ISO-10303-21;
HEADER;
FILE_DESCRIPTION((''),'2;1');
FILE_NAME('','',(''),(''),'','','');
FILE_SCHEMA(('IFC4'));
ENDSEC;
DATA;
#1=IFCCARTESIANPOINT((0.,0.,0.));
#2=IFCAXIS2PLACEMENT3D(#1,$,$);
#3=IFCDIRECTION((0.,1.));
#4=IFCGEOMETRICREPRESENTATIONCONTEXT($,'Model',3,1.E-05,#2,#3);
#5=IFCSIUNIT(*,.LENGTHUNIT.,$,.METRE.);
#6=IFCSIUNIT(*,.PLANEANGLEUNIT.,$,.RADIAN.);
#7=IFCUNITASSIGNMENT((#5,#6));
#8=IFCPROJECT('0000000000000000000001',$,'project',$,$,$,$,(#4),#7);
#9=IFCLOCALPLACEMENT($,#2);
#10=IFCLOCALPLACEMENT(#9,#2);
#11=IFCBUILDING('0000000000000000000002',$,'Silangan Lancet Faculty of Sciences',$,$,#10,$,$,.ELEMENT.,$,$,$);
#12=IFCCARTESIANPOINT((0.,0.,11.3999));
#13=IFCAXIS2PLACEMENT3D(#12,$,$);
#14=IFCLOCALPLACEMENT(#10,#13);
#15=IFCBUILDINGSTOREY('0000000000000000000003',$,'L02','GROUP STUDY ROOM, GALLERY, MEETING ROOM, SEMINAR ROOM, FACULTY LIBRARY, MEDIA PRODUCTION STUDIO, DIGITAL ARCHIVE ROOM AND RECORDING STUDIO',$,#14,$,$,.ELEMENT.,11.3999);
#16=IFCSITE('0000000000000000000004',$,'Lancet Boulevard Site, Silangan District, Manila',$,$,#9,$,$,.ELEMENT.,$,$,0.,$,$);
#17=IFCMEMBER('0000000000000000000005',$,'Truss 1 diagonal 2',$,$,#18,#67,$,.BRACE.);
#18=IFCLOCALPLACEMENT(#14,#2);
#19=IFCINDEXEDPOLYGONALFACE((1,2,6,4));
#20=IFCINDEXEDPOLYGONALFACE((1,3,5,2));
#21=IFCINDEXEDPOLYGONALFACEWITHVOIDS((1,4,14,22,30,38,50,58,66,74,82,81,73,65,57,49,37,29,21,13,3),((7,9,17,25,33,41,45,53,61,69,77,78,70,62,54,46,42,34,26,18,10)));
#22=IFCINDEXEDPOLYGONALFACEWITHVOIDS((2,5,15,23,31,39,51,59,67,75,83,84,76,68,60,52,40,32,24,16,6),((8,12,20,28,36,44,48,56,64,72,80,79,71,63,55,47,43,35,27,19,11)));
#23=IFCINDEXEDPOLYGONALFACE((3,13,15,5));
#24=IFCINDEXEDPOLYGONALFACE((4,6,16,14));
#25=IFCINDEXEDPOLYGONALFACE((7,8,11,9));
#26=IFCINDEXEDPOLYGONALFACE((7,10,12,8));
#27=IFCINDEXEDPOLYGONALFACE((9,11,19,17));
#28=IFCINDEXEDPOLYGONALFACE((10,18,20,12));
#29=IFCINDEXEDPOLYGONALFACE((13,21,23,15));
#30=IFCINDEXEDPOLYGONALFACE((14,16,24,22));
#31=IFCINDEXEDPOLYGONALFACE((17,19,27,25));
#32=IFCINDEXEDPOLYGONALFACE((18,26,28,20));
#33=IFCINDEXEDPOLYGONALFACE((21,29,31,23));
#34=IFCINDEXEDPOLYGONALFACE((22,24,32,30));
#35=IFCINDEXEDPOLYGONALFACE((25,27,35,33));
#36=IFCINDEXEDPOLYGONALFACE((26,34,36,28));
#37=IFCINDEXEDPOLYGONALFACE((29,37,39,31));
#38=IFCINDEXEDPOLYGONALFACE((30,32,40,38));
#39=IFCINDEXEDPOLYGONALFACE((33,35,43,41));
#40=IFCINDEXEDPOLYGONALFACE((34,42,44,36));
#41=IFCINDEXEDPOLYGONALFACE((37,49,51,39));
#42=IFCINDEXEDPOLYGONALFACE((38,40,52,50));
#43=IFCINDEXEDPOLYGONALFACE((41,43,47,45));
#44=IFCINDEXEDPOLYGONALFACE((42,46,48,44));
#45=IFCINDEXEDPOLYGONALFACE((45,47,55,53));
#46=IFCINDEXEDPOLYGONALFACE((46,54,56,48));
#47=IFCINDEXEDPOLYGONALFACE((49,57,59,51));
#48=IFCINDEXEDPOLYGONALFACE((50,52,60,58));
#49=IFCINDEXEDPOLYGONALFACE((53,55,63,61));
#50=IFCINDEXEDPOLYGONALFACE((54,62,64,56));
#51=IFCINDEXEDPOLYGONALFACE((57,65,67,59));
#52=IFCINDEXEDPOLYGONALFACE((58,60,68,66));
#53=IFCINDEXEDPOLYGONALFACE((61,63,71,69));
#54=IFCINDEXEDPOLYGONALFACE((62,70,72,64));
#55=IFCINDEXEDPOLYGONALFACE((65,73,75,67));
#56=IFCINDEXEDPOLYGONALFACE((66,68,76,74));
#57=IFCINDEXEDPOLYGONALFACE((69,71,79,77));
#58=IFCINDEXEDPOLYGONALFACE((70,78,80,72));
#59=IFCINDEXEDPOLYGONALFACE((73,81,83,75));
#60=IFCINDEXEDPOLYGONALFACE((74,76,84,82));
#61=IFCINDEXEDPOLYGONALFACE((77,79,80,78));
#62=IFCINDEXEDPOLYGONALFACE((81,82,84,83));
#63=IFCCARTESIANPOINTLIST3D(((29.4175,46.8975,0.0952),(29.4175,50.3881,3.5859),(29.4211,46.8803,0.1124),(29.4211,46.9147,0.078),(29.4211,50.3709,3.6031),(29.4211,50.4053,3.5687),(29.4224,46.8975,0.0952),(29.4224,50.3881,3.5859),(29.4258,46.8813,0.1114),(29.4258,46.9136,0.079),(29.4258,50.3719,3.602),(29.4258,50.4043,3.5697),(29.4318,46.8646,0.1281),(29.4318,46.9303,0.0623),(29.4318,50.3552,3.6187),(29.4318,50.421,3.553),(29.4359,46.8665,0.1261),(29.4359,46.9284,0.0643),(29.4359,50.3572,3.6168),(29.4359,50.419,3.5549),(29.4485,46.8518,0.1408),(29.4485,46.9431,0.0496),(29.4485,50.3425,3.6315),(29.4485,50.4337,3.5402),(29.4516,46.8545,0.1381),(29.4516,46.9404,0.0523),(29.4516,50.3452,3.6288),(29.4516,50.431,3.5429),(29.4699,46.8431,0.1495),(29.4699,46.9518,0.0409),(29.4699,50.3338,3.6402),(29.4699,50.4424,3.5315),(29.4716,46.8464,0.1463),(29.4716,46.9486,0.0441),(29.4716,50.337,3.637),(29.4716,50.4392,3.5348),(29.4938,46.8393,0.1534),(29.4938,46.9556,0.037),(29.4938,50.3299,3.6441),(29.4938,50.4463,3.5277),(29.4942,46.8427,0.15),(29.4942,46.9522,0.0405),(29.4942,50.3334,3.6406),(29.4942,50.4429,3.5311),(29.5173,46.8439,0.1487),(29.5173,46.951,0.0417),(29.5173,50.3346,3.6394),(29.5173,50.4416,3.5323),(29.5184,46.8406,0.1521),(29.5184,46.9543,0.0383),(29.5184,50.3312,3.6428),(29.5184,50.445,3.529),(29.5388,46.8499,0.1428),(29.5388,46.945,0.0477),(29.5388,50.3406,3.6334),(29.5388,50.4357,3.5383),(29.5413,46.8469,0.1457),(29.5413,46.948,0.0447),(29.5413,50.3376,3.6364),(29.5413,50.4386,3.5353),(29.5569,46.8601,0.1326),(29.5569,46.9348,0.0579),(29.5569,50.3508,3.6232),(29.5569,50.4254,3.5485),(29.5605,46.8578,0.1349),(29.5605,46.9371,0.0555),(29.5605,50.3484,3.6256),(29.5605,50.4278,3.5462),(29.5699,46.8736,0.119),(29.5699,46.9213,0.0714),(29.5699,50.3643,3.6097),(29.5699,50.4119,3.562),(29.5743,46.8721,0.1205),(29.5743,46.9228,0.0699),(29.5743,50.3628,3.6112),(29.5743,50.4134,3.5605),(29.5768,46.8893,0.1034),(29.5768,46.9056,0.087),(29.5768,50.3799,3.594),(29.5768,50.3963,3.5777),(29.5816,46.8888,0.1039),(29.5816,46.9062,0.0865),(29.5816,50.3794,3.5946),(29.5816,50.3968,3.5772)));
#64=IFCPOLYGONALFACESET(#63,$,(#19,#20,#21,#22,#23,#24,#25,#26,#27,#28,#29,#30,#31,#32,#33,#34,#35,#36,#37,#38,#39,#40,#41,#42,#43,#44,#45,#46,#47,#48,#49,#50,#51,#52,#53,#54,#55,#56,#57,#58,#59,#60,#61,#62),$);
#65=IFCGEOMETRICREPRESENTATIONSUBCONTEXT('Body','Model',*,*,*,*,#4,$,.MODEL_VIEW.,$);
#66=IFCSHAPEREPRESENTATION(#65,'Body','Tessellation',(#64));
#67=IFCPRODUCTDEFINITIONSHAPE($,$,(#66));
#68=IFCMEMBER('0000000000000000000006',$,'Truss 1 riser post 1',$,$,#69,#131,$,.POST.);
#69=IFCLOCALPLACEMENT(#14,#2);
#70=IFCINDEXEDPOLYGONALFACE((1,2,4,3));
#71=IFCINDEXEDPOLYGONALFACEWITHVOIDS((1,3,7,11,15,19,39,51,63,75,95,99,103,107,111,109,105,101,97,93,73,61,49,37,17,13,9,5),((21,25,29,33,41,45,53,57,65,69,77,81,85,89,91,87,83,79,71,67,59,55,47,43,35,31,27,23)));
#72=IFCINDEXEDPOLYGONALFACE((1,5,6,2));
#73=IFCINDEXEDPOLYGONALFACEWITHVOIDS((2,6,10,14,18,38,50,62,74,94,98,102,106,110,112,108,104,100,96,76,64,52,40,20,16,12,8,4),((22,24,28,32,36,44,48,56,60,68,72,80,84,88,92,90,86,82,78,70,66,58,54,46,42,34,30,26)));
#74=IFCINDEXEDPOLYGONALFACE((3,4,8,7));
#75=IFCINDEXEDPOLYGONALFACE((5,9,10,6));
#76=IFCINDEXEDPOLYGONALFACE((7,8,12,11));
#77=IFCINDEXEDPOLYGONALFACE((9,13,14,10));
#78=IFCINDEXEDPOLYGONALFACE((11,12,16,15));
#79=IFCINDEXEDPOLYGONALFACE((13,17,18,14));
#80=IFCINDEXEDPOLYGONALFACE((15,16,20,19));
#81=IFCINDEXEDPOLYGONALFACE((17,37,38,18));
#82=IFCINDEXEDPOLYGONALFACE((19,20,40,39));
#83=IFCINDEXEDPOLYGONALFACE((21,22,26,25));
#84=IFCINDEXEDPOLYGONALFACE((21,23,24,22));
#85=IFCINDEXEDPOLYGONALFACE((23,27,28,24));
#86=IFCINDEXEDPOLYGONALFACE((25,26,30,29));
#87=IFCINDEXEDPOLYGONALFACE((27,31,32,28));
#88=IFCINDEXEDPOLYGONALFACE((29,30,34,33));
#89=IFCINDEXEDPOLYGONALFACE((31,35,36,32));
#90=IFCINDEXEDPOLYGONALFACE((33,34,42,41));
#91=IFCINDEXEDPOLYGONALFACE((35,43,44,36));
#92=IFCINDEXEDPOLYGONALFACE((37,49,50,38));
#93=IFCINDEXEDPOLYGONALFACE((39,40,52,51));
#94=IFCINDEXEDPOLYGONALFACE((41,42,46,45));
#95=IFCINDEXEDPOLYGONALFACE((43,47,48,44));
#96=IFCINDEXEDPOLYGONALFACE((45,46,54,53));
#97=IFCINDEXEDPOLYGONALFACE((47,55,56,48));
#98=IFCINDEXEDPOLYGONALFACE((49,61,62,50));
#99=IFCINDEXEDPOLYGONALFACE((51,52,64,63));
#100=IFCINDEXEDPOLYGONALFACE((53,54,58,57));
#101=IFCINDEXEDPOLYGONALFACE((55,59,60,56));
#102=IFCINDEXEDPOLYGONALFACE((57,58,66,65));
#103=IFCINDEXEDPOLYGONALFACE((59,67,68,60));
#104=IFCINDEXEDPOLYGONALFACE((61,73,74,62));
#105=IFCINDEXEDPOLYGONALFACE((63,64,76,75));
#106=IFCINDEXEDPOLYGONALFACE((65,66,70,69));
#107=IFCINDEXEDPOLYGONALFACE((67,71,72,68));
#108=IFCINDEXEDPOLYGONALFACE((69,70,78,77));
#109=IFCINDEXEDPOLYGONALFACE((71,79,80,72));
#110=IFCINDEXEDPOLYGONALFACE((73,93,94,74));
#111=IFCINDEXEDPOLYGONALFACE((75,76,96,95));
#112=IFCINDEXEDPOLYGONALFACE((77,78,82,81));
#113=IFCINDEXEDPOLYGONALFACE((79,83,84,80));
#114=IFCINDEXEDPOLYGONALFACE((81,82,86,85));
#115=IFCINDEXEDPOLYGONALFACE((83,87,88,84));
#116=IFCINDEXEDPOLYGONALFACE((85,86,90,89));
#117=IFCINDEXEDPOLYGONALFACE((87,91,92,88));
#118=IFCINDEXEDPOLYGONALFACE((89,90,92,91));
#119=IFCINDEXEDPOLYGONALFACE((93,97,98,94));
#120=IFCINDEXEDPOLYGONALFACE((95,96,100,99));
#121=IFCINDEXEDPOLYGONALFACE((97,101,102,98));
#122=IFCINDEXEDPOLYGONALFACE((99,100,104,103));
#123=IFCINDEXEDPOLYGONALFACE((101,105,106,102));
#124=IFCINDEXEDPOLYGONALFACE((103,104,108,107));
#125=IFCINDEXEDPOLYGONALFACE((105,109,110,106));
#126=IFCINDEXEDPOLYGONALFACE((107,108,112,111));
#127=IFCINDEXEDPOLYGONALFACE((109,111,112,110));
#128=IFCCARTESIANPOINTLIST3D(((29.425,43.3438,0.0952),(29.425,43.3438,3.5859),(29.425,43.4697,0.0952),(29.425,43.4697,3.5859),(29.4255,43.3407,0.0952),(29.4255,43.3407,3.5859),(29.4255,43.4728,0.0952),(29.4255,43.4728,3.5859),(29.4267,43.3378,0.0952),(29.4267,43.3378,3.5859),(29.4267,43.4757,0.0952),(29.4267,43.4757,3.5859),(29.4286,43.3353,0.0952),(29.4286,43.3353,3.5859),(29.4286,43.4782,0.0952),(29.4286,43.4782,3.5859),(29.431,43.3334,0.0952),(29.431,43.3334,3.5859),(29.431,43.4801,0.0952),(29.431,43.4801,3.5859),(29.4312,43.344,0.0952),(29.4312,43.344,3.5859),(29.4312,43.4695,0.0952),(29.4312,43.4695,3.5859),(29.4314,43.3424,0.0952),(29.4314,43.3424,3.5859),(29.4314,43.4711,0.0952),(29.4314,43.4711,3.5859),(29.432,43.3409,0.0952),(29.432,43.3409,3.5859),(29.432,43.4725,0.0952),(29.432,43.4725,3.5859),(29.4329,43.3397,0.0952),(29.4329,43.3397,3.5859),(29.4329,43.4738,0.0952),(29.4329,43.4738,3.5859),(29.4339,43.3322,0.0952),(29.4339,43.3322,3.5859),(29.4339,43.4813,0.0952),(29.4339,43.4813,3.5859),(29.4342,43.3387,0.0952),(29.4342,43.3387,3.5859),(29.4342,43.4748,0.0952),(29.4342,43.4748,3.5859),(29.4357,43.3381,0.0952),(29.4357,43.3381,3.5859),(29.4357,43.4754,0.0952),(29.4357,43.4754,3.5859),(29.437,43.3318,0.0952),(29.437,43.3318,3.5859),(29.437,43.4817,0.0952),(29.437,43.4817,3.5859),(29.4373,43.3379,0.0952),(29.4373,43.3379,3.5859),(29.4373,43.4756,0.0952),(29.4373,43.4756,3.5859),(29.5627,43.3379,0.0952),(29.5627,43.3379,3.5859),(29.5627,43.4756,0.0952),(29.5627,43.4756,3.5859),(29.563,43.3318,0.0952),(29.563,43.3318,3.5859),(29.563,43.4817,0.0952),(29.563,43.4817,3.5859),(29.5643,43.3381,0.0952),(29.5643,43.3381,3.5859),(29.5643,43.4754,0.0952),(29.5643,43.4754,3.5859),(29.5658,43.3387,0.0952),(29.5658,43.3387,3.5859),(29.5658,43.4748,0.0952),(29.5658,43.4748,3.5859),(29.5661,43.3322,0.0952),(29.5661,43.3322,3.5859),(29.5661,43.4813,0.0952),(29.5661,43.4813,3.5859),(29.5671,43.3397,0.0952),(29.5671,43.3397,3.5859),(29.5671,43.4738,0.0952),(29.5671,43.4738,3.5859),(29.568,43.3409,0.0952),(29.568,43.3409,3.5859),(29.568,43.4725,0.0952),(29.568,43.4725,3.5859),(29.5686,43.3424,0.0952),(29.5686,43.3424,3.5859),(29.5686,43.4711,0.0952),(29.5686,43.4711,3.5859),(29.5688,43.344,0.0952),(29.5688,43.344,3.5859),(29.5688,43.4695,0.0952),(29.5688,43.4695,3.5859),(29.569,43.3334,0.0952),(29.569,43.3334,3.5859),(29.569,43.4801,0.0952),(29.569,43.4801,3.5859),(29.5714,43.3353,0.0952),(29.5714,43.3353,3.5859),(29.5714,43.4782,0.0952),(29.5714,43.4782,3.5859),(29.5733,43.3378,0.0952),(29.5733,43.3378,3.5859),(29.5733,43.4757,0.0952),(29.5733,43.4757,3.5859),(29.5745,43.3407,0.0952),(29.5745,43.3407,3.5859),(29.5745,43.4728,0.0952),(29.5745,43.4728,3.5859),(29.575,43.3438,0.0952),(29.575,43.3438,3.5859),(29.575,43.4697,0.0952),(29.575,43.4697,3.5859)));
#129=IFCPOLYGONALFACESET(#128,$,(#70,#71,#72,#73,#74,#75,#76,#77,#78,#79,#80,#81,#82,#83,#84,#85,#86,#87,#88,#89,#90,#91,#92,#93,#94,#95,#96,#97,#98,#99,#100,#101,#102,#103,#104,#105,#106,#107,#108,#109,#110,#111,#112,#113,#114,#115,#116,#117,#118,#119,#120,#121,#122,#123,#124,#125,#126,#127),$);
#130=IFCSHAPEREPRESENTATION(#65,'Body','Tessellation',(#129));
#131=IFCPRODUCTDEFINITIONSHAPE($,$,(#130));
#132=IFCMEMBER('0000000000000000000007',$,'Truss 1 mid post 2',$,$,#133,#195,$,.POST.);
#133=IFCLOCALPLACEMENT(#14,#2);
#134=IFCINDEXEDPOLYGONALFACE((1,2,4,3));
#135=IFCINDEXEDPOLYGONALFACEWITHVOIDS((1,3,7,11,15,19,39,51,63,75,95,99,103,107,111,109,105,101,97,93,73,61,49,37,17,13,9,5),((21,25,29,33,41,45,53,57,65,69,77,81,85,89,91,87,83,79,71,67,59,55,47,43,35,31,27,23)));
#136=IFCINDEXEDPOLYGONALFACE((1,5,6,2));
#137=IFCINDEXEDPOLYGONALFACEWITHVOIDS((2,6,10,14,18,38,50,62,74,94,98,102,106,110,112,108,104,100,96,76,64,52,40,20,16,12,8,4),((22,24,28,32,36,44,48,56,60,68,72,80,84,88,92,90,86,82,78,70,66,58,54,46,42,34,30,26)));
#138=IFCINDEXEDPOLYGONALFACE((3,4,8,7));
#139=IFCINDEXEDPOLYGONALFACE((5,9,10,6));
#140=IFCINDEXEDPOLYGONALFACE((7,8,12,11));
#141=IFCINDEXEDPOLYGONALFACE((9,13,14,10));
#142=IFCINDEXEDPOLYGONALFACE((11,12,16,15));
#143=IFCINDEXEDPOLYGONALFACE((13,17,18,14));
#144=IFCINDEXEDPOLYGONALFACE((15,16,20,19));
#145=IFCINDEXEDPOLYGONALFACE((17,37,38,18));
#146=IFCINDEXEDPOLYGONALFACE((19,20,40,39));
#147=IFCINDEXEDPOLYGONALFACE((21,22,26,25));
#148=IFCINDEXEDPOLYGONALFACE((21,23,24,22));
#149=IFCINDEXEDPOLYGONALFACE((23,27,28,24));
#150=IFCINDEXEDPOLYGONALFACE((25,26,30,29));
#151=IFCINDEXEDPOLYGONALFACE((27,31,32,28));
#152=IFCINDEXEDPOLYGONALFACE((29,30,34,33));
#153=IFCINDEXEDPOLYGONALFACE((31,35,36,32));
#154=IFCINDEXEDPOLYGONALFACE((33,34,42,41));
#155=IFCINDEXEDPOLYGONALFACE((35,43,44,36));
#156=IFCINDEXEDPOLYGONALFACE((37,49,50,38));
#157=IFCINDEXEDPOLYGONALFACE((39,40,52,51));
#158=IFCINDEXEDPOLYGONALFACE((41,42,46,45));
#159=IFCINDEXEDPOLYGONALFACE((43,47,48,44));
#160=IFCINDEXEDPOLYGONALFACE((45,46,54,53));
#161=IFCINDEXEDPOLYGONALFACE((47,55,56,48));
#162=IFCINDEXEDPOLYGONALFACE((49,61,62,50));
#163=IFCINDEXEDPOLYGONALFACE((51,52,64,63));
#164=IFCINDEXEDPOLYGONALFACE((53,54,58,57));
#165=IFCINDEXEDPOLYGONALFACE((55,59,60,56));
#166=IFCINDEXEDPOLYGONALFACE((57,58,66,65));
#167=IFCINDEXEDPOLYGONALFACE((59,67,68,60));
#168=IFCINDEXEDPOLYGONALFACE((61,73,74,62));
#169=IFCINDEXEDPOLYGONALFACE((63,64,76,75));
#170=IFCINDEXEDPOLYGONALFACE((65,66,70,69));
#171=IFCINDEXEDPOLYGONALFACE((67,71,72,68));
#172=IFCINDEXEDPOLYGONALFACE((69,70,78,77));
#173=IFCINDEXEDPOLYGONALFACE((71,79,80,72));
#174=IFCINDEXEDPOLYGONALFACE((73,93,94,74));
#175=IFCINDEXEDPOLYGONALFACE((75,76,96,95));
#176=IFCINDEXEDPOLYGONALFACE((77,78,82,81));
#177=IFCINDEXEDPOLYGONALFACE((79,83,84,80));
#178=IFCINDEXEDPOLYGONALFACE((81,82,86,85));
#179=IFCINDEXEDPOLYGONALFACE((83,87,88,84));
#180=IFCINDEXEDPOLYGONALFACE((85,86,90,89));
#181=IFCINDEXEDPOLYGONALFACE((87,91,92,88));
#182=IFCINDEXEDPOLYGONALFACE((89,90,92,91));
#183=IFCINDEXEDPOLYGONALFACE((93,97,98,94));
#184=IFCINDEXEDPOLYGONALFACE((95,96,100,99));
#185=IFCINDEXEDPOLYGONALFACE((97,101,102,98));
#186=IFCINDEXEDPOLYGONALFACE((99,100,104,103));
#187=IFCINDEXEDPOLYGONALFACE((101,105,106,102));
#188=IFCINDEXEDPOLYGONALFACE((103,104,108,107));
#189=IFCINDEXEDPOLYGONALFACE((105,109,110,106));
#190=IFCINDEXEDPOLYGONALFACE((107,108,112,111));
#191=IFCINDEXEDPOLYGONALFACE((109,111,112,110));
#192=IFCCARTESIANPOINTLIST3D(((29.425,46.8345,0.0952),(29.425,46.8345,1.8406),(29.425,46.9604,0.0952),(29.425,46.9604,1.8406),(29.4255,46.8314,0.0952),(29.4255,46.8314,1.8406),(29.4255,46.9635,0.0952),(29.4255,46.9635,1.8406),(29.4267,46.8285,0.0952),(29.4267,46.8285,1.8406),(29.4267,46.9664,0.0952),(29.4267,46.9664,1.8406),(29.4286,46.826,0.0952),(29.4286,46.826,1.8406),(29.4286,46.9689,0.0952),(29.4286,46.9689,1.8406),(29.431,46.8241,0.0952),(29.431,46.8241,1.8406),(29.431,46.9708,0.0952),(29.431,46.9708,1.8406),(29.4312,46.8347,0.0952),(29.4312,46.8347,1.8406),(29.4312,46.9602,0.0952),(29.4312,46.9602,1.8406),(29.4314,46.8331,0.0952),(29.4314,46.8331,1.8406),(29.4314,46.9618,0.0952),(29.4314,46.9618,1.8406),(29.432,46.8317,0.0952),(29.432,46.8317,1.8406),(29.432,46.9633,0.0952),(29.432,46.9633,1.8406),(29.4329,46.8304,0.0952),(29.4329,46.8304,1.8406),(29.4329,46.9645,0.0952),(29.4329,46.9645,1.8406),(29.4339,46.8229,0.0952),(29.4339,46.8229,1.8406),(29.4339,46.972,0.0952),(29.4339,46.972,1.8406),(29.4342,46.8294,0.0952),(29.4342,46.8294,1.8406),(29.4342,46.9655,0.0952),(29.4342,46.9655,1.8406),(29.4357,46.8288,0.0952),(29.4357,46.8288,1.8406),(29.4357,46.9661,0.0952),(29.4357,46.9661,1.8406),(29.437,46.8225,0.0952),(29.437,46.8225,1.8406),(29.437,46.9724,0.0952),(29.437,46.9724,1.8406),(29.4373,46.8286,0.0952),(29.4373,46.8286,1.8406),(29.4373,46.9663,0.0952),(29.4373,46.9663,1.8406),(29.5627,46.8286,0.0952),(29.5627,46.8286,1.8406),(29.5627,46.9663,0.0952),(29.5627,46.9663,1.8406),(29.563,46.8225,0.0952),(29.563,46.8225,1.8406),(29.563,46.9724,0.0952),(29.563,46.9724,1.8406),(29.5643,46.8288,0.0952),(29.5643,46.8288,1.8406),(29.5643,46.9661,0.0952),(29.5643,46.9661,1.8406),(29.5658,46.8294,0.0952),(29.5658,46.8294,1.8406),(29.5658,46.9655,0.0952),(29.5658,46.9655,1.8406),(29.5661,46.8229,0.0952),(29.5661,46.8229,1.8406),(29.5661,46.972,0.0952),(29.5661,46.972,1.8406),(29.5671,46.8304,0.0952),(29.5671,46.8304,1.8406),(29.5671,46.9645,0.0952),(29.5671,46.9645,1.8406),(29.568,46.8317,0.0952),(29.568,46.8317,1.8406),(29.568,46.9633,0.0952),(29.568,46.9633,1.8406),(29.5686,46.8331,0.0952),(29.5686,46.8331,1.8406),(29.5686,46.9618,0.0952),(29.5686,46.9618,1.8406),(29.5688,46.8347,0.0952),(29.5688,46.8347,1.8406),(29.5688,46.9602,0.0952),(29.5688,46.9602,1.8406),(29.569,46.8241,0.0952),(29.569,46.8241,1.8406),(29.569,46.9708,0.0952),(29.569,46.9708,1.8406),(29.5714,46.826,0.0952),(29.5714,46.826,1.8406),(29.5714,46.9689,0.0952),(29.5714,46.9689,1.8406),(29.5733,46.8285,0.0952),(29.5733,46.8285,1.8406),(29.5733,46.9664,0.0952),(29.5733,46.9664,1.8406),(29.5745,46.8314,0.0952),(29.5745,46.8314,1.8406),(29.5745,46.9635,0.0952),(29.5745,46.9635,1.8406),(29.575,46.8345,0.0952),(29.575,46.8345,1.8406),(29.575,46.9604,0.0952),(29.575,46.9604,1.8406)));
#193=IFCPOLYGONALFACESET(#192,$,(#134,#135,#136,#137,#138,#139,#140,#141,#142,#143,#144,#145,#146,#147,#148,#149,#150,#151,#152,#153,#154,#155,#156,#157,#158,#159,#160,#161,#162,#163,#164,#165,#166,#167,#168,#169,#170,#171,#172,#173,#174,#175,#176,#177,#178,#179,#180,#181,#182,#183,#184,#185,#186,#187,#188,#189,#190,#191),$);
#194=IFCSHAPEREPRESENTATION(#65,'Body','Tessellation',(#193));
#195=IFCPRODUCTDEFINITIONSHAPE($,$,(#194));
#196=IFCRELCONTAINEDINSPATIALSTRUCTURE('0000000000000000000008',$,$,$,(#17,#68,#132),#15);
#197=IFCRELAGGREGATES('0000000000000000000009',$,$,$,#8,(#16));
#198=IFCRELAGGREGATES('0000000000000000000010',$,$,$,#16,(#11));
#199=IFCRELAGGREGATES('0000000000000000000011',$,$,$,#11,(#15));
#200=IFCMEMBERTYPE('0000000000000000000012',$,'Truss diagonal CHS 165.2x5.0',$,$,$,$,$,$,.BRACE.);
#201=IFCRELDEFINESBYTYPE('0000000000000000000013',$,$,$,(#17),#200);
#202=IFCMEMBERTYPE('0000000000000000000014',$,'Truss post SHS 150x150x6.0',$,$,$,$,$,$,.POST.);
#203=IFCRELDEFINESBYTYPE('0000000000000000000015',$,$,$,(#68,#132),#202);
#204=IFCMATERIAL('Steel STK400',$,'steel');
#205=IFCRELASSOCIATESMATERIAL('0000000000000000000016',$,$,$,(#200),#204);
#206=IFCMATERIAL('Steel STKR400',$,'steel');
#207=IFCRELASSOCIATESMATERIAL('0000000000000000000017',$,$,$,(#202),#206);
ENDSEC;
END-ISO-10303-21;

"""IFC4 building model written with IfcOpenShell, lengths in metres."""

from ifc_helpers import new_model, si_unit, direction, frame, origin, origin_2d, place, context, subcontext, project, spatial, hollow_rectangle, hollow_circle, extrude, material, material_profile, profile_set, type_object, element, save


model = new_model("IFC4")

# Units and contexts
model_context = context("Model", 3, precision=1e-05, world=origin(), true_north=direction((0.0, 1.0)))
body_context = subcontext(model_context, "Body", "Model", "MODEL_VIEW")
ifc_project = project(units=[si_unit("LENGTHUNIT", "METRE"), si_unit("PLANEANGLEUNIT", "RADIAN")], contexts=[model_context])

# Site, building, storey
site_placement = place(None, origin())
site = spatial("IfcSite", under=ifc_project, at=site_placement, Name="Lancet Boulevard Site, Silangan District, Manila", CompositionType="ELEMENT", RefElevation=0.0)
building_placement = place(site_placement, origin())
building = spatial("IfcBuilding", under=site, at=building_placement, Name="Silangan Lancet Faculty of Sciences", CompositionType="ELEMENT")
storey_placement = place(building_placement, frame((0.0, 0.0, 11.3999)))
storey = spatial("IfcBuildingStorey", under=building, at=storey_placement, Name="L02", Description="GROUP STUDY ROOM, GALLERY, MEETING ROOM, SEMINAR ROOM, FACULTY LIBRARY, MEDIA PRODUCTION STUDIO, DIGITAL ARCHIVE ROOM AND RECORDING STUDIO", CompositionType="ELEMENT", Elevation=11.3999)

# Members
ifc_material_1 = material(Name="Steel STK400", Category="steel")
ifc_material_profile_1 = material_profile(ifc_material_1, hollow_circle(Radius=0.0825, WallThickness=0.0049, at=origin_2d()), Name="CHS 165.2x5.0")
ifc_profile_set_1 = profile_set([ifc_material_profile_1], Name="Steel STK400")
member_type_1 = type_object("IfcMemberType", Name="Truss diagonal CHS 165.2x5.0", PredefinedType="BRACE", material=ifc_profile_set_1)
member_1_placement = place(storey_placement, frame((29.5, 46.8975, 0.0952), z_axis=(0.0, 0.707107, 0.707107), x_axis=(-1.0, 0.0, 0.0)))
element("IfcMember", 1, at=member_1_placement, inside=storey, type_object=member_type_1, Name="Truss 1 diagonal 2", PredefinedType="BRACE", context=body_context, shape_type="SweptSolid", body=[
    extrude(hollow_circle(Radius=0.0825, WallThickness=0.0049, at=origin_2d()), origin(), (0.0, 0.0, 1.0), 4.9365),
])
ifc_material_2 = material(Name="Steel STKR400", Category="steel")
ifc_material_profile_2 = material_profile(ifc_material_2, hollow_rectangle(XDim=0.1499, YDim=0.1499, WallThickness=0.0061, InnerFilletRadius=0.0061, OuterFilletRadius=0.012, at=origin_2d()), Name="SHS 150x150x6.0")
ifc_profile_set_2 = profile_set([ifc_material_profile_2], Name="Steel STKR400")
member_type_2 = type_object("IfcMemberType", Name="Truss post SHS 150x150x6.0", PredefinedType="POST", material=ifc_profile_set_2)
member_2_placement = place(storey_placement, frame((29.5, 43.4067, 0.0952), z_axis=(0.0, 0.0, 1.0), x_axis=(1.0, 0.0, 0.0)))
element("IfcMember", 2, at=member_2_placement, inside=storey, type_object=member_type_2, Name="Truss 1 riser post 1", PredefinedType="POST", context=body_context, shape_type="SweptSolid", body=[
    extrude(hollow_rectangle(XDim=0.1499, YDim=0.1499, WallThickness=0.0061, InnerFilletRadius=0.0061, OuterFilletRadius=0.012, at=origin_2d()), origin(), (0.0, 0.0, 1.0), 3.4907),
])
member_3_placement = place(storey_placement, frame((29.5, 46.8975, 0.0952), z_axis=(0.0, 0.0, 1.0), x_axis=(1.0, 0.0, 0.0)))
element("IfcMember", 3, at=member_3_placement, inside=storey, type_object=member_type_2, Name="Truss 1 mid post 2", PredefinedType="POST", context=body_context, shape_type="SweptSolid", body=[
    extrude(hollow_rectangle(XDim=0.1499, YDim=0.1499, WallThickness=0.0061, InnerFilletRadius=0.0061, OuterFilletRadius=0.012, at=origin_2d()), origin(), (0.0, 0.0, 1.0), 1.7454),
])

save(model, "model.ifc")
